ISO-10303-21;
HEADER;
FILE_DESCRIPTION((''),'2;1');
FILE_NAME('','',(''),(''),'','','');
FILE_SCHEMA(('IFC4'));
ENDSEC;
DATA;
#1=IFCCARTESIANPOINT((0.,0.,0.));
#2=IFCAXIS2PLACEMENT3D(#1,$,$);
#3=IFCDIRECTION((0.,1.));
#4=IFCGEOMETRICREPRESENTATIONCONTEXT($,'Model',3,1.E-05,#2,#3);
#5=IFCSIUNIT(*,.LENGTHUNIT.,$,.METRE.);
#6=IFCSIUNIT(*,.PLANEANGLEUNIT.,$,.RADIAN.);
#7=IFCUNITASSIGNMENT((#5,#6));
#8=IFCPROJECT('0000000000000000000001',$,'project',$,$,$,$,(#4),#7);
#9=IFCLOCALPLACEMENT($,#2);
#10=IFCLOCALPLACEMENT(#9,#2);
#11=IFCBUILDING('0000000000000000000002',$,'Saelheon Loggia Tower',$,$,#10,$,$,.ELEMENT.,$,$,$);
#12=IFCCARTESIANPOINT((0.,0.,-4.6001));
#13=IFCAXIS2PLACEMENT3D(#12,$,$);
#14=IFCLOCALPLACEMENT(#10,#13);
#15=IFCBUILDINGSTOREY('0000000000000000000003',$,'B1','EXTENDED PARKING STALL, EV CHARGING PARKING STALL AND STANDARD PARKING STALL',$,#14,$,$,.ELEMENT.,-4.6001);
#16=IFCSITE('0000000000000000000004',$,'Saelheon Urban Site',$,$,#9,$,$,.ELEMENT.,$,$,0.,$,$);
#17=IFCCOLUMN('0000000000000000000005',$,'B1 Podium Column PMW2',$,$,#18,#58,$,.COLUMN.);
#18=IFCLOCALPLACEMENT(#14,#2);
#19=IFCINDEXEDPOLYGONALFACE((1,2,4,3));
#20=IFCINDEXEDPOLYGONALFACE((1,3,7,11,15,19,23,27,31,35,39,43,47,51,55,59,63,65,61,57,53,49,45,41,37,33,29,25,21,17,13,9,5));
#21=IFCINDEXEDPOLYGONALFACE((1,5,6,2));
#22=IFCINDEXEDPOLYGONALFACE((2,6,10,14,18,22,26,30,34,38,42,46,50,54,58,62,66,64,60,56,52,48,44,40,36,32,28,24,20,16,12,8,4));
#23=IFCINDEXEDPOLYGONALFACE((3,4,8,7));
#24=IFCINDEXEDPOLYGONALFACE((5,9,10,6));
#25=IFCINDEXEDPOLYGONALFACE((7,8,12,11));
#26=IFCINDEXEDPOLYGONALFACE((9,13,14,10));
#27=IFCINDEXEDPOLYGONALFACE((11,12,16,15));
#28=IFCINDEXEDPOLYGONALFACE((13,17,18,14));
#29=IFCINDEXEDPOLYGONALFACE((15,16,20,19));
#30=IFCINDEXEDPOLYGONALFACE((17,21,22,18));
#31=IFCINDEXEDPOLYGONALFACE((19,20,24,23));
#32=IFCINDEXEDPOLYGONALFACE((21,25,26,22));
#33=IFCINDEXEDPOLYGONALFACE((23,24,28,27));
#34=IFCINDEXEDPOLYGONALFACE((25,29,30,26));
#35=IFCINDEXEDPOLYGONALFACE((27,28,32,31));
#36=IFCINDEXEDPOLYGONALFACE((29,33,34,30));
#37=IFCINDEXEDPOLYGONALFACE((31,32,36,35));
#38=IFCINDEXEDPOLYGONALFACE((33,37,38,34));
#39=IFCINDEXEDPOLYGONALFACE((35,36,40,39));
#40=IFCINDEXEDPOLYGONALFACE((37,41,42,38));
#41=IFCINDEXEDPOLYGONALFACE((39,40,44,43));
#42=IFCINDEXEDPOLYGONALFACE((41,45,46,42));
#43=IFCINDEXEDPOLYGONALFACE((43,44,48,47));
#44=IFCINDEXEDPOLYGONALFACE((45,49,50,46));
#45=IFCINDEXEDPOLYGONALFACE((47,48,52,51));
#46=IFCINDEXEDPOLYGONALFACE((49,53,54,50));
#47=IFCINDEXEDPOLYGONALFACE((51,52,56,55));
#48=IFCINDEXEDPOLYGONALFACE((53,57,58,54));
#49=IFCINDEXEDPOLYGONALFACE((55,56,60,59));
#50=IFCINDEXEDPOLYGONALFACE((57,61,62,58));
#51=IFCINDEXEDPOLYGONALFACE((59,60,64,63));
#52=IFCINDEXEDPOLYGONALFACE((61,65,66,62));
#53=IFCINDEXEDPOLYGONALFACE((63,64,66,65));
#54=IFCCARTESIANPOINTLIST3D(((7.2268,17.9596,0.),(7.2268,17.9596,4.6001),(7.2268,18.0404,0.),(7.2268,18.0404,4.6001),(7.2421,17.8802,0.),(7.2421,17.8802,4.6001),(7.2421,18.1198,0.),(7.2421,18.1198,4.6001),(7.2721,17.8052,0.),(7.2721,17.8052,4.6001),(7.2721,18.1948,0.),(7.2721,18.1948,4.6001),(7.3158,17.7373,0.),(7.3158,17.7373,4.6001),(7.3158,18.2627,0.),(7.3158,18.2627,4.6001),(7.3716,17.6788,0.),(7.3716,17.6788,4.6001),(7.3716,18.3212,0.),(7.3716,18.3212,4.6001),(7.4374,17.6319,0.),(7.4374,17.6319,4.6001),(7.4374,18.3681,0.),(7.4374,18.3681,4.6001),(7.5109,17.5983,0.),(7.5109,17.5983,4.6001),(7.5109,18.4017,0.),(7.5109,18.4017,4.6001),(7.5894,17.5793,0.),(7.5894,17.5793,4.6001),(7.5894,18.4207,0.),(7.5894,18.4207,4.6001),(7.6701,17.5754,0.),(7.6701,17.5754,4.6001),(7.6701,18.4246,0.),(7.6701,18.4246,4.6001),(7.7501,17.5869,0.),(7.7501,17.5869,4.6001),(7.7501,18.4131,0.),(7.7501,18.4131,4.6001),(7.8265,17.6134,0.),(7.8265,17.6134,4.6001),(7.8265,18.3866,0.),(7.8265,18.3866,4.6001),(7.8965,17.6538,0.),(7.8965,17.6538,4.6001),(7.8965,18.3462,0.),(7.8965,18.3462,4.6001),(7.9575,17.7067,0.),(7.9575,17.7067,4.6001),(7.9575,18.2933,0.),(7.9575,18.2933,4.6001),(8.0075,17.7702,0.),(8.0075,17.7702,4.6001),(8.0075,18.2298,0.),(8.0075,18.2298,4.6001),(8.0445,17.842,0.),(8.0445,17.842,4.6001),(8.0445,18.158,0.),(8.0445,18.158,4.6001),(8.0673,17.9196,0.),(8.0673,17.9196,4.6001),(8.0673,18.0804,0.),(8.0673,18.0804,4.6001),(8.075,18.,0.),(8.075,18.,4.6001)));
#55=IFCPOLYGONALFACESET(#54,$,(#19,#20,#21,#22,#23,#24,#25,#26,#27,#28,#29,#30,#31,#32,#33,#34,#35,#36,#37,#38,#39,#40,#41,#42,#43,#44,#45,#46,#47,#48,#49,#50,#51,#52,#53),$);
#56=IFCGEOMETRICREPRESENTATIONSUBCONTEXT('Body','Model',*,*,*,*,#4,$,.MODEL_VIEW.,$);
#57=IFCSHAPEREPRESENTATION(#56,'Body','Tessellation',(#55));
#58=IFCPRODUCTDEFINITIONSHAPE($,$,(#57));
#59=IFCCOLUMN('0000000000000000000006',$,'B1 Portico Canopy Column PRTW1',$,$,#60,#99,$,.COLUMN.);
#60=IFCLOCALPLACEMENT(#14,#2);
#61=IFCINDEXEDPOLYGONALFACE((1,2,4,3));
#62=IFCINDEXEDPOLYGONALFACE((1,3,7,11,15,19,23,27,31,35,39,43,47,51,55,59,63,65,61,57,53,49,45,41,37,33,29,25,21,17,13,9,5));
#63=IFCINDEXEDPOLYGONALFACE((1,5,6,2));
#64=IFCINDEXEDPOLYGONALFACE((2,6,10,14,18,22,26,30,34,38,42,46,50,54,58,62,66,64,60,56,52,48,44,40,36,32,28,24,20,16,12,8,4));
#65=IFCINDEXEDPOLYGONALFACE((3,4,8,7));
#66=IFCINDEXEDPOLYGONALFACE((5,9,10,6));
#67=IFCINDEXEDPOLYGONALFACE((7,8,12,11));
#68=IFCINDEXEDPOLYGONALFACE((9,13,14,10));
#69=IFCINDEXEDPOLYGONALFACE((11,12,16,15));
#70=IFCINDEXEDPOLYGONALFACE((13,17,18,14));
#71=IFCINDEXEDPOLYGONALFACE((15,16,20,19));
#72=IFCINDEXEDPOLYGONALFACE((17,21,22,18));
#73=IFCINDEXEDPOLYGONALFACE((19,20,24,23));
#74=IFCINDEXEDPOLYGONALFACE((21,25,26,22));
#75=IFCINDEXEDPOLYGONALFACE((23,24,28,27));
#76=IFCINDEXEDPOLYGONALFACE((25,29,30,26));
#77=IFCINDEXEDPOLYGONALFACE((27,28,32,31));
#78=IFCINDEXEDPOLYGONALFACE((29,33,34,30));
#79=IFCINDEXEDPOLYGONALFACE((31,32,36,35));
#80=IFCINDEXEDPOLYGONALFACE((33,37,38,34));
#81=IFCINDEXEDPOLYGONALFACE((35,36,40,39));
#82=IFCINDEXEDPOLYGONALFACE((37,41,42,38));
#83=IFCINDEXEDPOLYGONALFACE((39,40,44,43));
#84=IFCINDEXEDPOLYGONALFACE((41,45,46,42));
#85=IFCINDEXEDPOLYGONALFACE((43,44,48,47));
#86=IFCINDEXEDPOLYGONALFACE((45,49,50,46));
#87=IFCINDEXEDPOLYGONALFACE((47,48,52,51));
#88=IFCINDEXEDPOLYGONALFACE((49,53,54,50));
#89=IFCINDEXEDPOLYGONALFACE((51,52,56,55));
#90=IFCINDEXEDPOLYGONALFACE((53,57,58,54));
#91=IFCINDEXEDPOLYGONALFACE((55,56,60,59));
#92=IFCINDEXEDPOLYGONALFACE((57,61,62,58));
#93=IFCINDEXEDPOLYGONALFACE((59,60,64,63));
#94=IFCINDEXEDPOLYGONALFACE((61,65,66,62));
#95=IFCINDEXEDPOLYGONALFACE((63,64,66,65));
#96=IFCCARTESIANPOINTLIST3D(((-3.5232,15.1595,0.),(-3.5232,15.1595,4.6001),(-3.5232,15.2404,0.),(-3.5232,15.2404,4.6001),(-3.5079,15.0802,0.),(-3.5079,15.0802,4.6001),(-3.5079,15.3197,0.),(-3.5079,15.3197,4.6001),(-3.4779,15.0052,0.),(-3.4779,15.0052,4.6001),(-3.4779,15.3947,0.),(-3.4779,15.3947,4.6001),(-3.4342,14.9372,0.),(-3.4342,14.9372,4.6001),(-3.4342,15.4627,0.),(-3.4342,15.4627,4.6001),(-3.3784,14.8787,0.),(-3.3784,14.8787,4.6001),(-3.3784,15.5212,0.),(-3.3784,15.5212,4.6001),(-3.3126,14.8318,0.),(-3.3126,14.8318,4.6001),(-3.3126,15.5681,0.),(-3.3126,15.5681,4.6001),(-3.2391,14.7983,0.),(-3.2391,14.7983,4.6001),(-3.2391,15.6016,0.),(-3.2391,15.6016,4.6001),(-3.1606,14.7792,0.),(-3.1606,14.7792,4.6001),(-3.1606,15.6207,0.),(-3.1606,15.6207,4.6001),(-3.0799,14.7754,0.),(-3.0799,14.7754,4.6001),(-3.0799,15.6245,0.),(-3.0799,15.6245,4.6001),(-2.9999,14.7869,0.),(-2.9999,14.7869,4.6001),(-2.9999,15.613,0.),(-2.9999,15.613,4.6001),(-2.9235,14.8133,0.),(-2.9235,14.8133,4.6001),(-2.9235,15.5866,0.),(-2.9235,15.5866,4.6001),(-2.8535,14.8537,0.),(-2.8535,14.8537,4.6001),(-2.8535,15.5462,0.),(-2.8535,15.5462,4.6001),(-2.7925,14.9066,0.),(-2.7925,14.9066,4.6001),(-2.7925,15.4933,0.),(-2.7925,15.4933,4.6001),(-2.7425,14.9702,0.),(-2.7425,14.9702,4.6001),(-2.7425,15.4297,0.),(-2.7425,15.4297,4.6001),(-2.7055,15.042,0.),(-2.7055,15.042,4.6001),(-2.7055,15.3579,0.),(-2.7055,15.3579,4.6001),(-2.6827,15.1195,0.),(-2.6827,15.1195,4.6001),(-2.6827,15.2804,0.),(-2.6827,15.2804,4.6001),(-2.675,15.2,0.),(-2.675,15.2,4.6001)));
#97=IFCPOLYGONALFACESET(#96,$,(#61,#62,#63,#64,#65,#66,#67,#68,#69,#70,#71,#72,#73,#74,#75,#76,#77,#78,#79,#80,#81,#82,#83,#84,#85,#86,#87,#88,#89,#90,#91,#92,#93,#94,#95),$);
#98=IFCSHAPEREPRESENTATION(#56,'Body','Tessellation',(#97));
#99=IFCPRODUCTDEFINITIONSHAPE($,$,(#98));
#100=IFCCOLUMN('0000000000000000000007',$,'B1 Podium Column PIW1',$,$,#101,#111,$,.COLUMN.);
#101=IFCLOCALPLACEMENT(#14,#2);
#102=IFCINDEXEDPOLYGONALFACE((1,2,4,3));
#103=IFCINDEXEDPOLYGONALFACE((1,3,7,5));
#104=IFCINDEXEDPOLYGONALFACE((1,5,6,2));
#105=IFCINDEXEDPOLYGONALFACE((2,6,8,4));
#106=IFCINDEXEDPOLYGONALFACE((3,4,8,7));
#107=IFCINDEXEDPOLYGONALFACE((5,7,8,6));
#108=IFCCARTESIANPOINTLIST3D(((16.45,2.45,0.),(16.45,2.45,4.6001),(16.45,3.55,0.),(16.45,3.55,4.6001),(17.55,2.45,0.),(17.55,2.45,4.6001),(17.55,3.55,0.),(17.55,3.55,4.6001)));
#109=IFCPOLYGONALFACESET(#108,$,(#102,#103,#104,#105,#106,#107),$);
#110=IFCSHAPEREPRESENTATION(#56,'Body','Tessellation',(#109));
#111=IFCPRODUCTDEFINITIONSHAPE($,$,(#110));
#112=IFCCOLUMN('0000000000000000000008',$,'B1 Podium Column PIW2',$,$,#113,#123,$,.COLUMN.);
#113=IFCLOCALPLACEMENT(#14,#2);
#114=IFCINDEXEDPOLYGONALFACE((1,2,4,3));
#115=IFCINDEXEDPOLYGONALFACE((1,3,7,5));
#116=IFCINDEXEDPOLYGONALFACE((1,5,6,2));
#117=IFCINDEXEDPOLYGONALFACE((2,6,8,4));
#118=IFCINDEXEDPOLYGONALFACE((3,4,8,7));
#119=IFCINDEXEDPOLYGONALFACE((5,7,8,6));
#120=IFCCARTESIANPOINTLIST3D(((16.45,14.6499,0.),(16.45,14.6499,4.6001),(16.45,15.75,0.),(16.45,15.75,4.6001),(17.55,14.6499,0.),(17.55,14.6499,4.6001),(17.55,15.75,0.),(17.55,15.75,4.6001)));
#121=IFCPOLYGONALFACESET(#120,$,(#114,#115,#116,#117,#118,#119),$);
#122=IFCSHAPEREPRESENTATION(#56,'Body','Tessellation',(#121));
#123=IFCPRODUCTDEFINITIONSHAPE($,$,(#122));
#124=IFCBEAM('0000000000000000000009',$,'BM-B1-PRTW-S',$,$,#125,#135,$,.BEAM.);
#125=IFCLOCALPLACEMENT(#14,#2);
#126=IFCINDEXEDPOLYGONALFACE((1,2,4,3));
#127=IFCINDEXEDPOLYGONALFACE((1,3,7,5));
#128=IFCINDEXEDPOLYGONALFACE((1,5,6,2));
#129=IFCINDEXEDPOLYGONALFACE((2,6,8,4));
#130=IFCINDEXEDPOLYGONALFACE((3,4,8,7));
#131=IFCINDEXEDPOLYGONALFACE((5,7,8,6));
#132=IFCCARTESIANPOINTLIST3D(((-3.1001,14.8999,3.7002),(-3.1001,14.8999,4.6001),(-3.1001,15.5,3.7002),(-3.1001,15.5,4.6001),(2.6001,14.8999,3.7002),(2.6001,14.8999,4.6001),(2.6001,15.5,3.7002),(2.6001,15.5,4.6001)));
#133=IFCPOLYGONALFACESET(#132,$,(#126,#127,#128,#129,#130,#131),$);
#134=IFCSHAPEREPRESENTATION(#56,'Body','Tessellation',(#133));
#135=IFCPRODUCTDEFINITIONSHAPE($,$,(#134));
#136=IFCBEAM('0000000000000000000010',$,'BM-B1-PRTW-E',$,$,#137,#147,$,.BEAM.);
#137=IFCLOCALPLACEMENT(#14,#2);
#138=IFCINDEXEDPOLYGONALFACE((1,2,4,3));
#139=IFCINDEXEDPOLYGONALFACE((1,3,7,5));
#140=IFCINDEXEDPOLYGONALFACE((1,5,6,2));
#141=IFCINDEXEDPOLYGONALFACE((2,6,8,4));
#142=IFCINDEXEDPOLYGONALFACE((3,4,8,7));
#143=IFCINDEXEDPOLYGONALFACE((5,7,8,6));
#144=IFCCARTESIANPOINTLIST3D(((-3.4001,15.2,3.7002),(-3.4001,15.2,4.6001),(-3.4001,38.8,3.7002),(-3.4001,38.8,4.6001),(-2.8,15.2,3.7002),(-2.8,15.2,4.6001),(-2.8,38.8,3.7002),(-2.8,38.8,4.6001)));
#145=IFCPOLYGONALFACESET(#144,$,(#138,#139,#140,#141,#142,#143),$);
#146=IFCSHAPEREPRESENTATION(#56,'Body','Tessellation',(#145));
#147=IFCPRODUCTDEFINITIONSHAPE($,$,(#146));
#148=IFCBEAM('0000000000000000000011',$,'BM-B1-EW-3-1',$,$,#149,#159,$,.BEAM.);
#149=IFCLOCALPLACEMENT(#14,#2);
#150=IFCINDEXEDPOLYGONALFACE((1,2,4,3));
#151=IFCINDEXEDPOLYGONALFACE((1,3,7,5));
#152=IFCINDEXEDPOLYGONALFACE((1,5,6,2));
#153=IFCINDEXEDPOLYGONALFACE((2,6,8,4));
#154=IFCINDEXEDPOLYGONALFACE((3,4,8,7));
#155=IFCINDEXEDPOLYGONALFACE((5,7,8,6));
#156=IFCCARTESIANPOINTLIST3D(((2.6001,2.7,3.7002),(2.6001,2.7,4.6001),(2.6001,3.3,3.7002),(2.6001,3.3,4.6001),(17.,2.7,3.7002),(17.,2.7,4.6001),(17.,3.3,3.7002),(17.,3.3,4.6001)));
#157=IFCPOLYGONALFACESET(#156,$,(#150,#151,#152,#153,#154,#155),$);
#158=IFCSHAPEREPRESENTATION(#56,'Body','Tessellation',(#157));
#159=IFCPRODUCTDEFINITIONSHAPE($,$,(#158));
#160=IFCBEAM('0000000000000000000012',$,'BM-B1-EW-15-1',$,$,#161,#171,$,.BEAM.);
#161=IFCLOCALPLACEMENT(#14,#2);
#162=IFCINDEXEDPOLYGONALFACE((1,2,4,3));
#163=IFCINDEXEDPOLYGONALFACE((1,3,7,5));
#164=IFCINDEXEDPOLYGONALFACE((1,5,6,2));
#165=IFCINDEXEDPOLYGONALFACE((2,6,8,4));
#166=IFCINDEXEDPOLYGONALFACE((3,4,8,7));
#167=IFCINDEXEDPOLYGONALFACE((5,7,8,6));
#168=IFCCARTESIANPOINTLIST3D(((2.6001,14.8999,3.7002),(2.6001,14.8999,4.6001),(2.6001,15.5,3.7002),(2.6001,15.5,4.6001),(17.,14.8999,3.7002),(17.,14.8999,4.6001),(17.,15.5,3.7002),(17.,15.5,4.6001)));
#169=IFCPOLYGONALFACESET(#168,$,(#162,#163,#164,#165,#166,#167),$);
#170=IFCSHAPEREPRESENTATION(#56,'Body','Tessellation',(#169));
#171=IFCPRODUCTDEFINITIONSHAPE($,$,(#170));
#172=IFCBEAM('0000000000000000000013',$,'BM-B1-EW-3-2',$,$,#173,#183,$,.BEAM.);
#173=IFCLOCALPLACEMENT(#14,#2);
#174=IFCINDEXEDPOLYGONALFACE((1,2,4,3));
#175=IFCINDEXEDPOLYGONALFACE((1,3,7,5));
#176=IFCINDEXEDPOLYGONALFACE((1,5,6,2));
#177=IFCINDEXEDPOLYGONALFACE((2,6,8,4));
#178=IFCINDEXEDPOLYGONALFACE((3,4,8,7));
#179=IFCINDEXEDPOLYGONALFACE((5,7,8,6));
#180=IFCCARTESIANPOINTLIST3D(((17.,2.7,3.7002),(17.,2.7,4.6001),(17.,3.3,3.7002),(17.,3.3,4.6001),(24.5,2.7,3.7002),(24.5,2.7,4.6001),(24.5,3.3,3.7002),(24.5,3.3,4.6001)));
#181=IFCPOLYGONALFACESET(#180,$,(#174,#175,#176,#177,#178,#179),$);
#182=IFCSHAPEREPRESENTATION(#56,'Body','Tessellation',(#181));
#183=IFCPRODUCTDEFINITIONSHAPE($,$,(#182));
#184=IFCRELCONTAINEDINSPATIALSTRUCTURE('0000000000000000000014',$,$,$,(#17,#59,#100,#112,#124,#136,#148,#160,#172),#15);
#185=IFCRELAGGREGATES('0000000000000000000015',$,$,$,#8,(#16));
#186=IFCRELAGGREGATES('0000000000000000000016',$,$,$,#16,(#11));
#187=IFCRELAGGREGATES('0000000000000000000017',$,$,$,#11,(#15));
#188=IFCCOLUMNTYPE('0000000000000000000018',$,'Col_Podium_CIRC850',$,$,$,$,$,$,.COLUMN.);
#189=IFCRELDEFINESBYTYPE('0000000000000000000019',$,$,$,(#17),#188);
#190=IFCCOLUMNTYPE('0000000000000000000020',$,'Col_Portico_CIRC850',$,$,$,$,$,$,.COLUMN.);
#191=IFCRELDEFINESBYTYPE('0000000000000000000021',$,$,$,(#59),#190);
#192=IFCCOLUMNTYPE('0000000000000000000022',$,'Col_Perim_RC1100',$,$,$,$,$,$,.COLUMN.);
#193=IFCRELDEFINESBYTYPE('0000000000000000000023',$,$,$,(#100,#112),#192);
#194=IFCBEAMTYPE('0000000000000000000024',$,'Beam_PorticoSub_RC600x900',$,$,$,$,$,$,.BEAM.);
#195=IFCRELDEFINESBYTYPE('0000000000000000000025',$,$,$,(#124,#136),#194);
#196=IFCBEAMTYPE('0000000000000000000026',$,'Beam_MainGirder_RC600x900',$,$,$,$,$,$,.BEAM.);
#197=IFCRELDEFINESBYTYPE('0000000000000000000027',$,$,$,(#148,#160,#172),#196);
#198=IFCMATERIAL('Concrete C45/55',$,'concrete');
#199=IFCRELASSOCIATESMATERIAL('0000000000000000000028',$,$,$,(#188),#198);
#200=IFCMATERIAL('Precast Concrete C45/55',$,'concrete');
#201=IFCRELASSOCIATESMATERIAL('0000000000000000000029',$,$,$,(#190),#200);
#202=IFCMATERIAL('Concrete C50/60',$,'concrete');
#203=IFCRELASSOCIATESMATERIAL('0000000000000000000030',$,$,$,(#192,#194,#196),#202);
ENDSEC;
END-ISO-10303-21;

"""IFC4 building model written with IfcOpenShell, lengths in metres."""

from ifc_helpers import new_model, si_unit, direction, frame, origin, origin_2d, place, context, subcontext, project, spatial, rectangle, circle, extrude, source, transform, mapped, material, material_profile, profile_set, type_object, element, save


model = new_model("IFC4")

# Units and contexts
model_context = context("Model", 3, precision=1e-05, world=origin(), true_north=direction((0.0, 1.0)))
body_context = subcontext(model_context, "Body", "Model", "MODEL_VIEW")
ifc_project = project(units=[si_unit("LENGTHUNIT", "METRE"), si_unit("PLANEANGLEUNIT", "RADIAN")], contexts=[model_context])

# Site, building, storey
site_placement = place(None, origin())
site = spatial("IfcSite", under=ifc_project, at=site_placement, Name="Saelheon Urban Site", CompositionType="ELEMENT", RefElevation=0.0)
building_placement = place(site_placement, origin())
building = spatial("IfcBuilding", under=site, at=building_placement, Name="Saelheon Loggia Tower", CompositionType="ELEMENT")
storey_placement = place(building_placement, frame((0.0, 0.0, -4.6001)))
storey = spatial("IfcBuildingStorey", under=building, at=storey_placement, Name="B1", Description="EXTENDED PARKING STALL, EV CHARGING PARKING STALL AND STANDARD PARKING STALL", CompositionType="ELEMENT", Elevation=-4.6001)

# Columns
ifc_material_1 = material(Name="Concrete C50/60", Category="concrete")
ifc_material_2 = material(Name="Concrete C45/55", Category="concrete")
ifc_material_profile_1 = material_profile(ifc_material_2, circle(Radius=0.425, at=origin_2d()), Name="CIRC-850")
ifc_profile_set_1 = profile_set([ifc_material_profile_1], Name="Concrete C45/55")
column_type_1 = type_object("IfcColumnType", Name="Col_Podium_CIRC850", PredefinedType="COLUMN", material=ifc_profile_set_1)
shared_shape_1 = source(origin(), body_context, "Body", "SweptSolid", [
    extrude(circle(Radius=0.425, at=origin_2d()), origin(), (0.0, 0.0, 1.0), 4.6001),
])
for number, where, z_axis, x_axis, name in (
    (1, (7.6499, 18.0, 0.0), (0.0, 0.0, 1.0), (1.0, 0.0, 0.0), "B1 Podium Column PMW2"),
):
    element("IfcColumn", number, at=place(storey_placement, frame(where, z_axis=z_axis, x_axis=x_axis)), inside=storey, type_object=column_type_1, Name=name, PredefinedType="COLUMN", context=body_context, shape_type="MappedRepresentation", body=[
        mapped(shared_shape_1, transform((0.0, 0.0, 0.0), scale=1.0)),
    ])
ifc_material_3 = material(Name="Precast Concrete C45/55", Category="concrete")
ifc_material_profile_2 = material_profile(ifc_material_3, circle(Radius=0.425, at=origin_2d()), Name="CIRC-850")
ifc_profile_set_2 = profile_set([ifc_material_profile_2], Name="Precast Concrete C45/55")
column_type_2 = type_object("IfcColumnType", Name="Col_Portico_CIRC850", PredefinedType="COLUMN", material=ifc_profile_set_2)
column_placement = place(storey_placement, frame((-3.1001, 15.2, 0.0), z_axis=(0.0, 0.0, 1.0), x_axis=(1.0, 0.0, 0.0)))
element("IfcColumn", 2, at=column_placement, inside=storey, type_object=column_type_2, Name="B1 Portico Canopy Column PRTW1", PredefinedType="COLUMN", context=body_context, shape_type="MappedRepresentation", body=[
    mapped(shared_shape_1, transform((0.0, 0.0, 0.0), scale=1.0)),
])
ifc_material_profile_3 = material_profile(ifc_material_1, rectangle(XDim=1.1001, YDim=1.1001, at=origin_2d()), Name="RC-1100x1100")
ifc_profile_set_3 = profile_set([ifc_material_profile_3], Name="Concrete C50/60")
column_type_3 = type_object("IfcColumnType", Name="Col_Perim_RC1100", PredefinedType="COLUMN", material=ifc_profile_set_3)
shared_shape_2 = source(origin(), body_context, "Body", "SweptSolid", [
    extrude(rectangle(XDim=1.1001, YDim=1.1001, at=origin_2d()), origin(), (0.0, 0.0, 1.0), 4.6001),
])
for number, where, z_axis, x_axis, name in (
    (3, (17.0, 3.0, 0.0), (0.0, 0.0, 1.0), (1.0, 0.0, 0.0), "B1 Podium Column PIW1"),
    (4, (17.0, 15.2, 0.0), (0.0, 0.0, 1.0), (1.0, 0.0, 0.0), "B1 Podium Column PIW2"),
):
    element("IfcColumn", number, at=place(storey_placement, frame(where, z_axis=z_axis, x_axis=x_axis)), inside=storey, type_object=column_type_3, Name=name, PredefinedType="COLUMN", context=body_context, shape_type="MappedRepresentation", body=[
        mapped(shared_shape_2, transform((0.0, 0.0, 0.0), scale=1.0)),
    ])

# Beams
ifc_material_profile_4 = material_profile(ifc_material_1, rectangle(XDim=0.6001, YDim=0.8999, at=origin_2d()), Name="RC-600x900")
ifc_profile_set_4 = profile_set([ifc_material_profile_4], Name="Concrete C50/60")
beam_type_1 = type_object("IfcBeamType", Name="Beam_PorticoSub_RC600x900", PredefinedType="BEAM", material=ifc_profile_set_4)
shared_shape_3 = source(origin(), body_context, "Body", "SweptSolid", [
    extrude(rectangle(XDim=0.6001, YDim=0.8999, at=origin_2d()), origin(), (0.0, 0.0, 1.0), 5.7002),
])
beam_1_placement = place(storey_placement, frame((-3.1001, 15.2, 4.1501), z_axis=(1.0, 0.0, 0.0), x_axis=(0.0, 1.0, 0.0)))
element("IfcBeam", 5, at=beam_1_placement, inside=storey, type_object=beam_type_1, Name="BM-B1-PRTW-S", PredefinedType="BEAM", context=body_context, shape_type="MappedRepresentation", body=[
    mapped(shared_shape_3, transform((0.0, 0.0, 0.0), scale=1.0)),
])
shared_shape_4 = source(origin(), body_context, "Body", "SweptSolid", [
    extrude(rectangle(XDim=0.6001, YDim=0.8999, at=origin_2d()), origin(), (0.0, 0.0, 1.0), 23.6001),
])
beam_2_placement = place(storey_placement, frame((-3.1001, 15.2, 4.1501), z_axis=(0.0, 1.0, 0.0), x_axis=(-1.0, 0.0, 0.0)))
element("IfcBeam", 6, at=beam_2_placement, inside=storey, type_object=beam_type_1, Name="BM-B1-PRTW-E", PredefinedType="BEAM", context=body_context, shape_type="MappedRepresentation", body=[
    mapped(shared_shape_4, transform((0.0, 0.0, 0.0), scale=1.0)),
])
ifc_material_profile_5 = material_profile(ifc_material_1, rectangle(XDim=0.6001, YDim=0.8999, at=origin_2d()), Name="RC-600x900")
ifc_profile_set_5 = profile_set([ifc_material_profile_5], Name="Concrete C50/60")
beam_type_2 = type_object("IfcBeamType", Name="Beam_MainGirder_RC600x900", PredefinedType="BEAM", material=ifc_profile_set_5)
shared_shape_5 = source(origin(), body_context, "Body", "SweptSolid", [
    extrude(rectangle(XDim=0.6001, YDim=0.8999, at=origin_2d()), origin(), (0.0, 0.0, 1.0), 14.3999),
])
for number, where, z_axis, x_axis, name in (
    (7, (2.6001, 3.0, 4.1501), (1.0, 0.0, 0.0), (0.0, 1.0, 0.0), "BM-B1-EW-3-1"),
    (8, (2.6001, 15.2, 4.1501), (1.0, 0.0, 0.0), (0.0, 1.0, 0.0), "BM-B1-EW-15-1"),
):
    element("IfcBeam", number, at=place(storey_placement, frame(where, z_axis=z_axis, x_axis=x_axis)), inside=storey, type_object=beam_type_2, Name=name, PredefinedType="BEAM", context=body_context, shape_type="MappedRepresentation", body=[
        mapped(shared_shape_5, transform((0.0, 0.0, 0.0), scale=1.0)),
    ])
shared_shape_6 = source(origin(), body_context, "Body", "SweptSolid", [
    extrude(rectangle(XDim=0.6001, YDim=0.8999, at=origin_2d()), origin(), (0.0, 0.0, 1.0), 7.5),
])
for number, where, z_axis, x_axis, name in (
    (9, (17.0, 3.0, 4.1501), (1.0, 0.0, 0.0), (0.0, 1.0, 0.0), "BM-B1-EW-3-2"),
):
    element("IfcBeam", number, at=place(storey_placement, frame(where, z_axis=z_axis, x_axis=x_axis)), inside=storey, type_object=beam_type_2, Name=name, PredefinedType="BEAM", context=body_context, shape_type="MappedRepresentation", body=[
        mapped(shared_shape_6, transform((0.0, 0.0, 0.0), scale=1.0)),
    ])

save(model, "model.ifc")
